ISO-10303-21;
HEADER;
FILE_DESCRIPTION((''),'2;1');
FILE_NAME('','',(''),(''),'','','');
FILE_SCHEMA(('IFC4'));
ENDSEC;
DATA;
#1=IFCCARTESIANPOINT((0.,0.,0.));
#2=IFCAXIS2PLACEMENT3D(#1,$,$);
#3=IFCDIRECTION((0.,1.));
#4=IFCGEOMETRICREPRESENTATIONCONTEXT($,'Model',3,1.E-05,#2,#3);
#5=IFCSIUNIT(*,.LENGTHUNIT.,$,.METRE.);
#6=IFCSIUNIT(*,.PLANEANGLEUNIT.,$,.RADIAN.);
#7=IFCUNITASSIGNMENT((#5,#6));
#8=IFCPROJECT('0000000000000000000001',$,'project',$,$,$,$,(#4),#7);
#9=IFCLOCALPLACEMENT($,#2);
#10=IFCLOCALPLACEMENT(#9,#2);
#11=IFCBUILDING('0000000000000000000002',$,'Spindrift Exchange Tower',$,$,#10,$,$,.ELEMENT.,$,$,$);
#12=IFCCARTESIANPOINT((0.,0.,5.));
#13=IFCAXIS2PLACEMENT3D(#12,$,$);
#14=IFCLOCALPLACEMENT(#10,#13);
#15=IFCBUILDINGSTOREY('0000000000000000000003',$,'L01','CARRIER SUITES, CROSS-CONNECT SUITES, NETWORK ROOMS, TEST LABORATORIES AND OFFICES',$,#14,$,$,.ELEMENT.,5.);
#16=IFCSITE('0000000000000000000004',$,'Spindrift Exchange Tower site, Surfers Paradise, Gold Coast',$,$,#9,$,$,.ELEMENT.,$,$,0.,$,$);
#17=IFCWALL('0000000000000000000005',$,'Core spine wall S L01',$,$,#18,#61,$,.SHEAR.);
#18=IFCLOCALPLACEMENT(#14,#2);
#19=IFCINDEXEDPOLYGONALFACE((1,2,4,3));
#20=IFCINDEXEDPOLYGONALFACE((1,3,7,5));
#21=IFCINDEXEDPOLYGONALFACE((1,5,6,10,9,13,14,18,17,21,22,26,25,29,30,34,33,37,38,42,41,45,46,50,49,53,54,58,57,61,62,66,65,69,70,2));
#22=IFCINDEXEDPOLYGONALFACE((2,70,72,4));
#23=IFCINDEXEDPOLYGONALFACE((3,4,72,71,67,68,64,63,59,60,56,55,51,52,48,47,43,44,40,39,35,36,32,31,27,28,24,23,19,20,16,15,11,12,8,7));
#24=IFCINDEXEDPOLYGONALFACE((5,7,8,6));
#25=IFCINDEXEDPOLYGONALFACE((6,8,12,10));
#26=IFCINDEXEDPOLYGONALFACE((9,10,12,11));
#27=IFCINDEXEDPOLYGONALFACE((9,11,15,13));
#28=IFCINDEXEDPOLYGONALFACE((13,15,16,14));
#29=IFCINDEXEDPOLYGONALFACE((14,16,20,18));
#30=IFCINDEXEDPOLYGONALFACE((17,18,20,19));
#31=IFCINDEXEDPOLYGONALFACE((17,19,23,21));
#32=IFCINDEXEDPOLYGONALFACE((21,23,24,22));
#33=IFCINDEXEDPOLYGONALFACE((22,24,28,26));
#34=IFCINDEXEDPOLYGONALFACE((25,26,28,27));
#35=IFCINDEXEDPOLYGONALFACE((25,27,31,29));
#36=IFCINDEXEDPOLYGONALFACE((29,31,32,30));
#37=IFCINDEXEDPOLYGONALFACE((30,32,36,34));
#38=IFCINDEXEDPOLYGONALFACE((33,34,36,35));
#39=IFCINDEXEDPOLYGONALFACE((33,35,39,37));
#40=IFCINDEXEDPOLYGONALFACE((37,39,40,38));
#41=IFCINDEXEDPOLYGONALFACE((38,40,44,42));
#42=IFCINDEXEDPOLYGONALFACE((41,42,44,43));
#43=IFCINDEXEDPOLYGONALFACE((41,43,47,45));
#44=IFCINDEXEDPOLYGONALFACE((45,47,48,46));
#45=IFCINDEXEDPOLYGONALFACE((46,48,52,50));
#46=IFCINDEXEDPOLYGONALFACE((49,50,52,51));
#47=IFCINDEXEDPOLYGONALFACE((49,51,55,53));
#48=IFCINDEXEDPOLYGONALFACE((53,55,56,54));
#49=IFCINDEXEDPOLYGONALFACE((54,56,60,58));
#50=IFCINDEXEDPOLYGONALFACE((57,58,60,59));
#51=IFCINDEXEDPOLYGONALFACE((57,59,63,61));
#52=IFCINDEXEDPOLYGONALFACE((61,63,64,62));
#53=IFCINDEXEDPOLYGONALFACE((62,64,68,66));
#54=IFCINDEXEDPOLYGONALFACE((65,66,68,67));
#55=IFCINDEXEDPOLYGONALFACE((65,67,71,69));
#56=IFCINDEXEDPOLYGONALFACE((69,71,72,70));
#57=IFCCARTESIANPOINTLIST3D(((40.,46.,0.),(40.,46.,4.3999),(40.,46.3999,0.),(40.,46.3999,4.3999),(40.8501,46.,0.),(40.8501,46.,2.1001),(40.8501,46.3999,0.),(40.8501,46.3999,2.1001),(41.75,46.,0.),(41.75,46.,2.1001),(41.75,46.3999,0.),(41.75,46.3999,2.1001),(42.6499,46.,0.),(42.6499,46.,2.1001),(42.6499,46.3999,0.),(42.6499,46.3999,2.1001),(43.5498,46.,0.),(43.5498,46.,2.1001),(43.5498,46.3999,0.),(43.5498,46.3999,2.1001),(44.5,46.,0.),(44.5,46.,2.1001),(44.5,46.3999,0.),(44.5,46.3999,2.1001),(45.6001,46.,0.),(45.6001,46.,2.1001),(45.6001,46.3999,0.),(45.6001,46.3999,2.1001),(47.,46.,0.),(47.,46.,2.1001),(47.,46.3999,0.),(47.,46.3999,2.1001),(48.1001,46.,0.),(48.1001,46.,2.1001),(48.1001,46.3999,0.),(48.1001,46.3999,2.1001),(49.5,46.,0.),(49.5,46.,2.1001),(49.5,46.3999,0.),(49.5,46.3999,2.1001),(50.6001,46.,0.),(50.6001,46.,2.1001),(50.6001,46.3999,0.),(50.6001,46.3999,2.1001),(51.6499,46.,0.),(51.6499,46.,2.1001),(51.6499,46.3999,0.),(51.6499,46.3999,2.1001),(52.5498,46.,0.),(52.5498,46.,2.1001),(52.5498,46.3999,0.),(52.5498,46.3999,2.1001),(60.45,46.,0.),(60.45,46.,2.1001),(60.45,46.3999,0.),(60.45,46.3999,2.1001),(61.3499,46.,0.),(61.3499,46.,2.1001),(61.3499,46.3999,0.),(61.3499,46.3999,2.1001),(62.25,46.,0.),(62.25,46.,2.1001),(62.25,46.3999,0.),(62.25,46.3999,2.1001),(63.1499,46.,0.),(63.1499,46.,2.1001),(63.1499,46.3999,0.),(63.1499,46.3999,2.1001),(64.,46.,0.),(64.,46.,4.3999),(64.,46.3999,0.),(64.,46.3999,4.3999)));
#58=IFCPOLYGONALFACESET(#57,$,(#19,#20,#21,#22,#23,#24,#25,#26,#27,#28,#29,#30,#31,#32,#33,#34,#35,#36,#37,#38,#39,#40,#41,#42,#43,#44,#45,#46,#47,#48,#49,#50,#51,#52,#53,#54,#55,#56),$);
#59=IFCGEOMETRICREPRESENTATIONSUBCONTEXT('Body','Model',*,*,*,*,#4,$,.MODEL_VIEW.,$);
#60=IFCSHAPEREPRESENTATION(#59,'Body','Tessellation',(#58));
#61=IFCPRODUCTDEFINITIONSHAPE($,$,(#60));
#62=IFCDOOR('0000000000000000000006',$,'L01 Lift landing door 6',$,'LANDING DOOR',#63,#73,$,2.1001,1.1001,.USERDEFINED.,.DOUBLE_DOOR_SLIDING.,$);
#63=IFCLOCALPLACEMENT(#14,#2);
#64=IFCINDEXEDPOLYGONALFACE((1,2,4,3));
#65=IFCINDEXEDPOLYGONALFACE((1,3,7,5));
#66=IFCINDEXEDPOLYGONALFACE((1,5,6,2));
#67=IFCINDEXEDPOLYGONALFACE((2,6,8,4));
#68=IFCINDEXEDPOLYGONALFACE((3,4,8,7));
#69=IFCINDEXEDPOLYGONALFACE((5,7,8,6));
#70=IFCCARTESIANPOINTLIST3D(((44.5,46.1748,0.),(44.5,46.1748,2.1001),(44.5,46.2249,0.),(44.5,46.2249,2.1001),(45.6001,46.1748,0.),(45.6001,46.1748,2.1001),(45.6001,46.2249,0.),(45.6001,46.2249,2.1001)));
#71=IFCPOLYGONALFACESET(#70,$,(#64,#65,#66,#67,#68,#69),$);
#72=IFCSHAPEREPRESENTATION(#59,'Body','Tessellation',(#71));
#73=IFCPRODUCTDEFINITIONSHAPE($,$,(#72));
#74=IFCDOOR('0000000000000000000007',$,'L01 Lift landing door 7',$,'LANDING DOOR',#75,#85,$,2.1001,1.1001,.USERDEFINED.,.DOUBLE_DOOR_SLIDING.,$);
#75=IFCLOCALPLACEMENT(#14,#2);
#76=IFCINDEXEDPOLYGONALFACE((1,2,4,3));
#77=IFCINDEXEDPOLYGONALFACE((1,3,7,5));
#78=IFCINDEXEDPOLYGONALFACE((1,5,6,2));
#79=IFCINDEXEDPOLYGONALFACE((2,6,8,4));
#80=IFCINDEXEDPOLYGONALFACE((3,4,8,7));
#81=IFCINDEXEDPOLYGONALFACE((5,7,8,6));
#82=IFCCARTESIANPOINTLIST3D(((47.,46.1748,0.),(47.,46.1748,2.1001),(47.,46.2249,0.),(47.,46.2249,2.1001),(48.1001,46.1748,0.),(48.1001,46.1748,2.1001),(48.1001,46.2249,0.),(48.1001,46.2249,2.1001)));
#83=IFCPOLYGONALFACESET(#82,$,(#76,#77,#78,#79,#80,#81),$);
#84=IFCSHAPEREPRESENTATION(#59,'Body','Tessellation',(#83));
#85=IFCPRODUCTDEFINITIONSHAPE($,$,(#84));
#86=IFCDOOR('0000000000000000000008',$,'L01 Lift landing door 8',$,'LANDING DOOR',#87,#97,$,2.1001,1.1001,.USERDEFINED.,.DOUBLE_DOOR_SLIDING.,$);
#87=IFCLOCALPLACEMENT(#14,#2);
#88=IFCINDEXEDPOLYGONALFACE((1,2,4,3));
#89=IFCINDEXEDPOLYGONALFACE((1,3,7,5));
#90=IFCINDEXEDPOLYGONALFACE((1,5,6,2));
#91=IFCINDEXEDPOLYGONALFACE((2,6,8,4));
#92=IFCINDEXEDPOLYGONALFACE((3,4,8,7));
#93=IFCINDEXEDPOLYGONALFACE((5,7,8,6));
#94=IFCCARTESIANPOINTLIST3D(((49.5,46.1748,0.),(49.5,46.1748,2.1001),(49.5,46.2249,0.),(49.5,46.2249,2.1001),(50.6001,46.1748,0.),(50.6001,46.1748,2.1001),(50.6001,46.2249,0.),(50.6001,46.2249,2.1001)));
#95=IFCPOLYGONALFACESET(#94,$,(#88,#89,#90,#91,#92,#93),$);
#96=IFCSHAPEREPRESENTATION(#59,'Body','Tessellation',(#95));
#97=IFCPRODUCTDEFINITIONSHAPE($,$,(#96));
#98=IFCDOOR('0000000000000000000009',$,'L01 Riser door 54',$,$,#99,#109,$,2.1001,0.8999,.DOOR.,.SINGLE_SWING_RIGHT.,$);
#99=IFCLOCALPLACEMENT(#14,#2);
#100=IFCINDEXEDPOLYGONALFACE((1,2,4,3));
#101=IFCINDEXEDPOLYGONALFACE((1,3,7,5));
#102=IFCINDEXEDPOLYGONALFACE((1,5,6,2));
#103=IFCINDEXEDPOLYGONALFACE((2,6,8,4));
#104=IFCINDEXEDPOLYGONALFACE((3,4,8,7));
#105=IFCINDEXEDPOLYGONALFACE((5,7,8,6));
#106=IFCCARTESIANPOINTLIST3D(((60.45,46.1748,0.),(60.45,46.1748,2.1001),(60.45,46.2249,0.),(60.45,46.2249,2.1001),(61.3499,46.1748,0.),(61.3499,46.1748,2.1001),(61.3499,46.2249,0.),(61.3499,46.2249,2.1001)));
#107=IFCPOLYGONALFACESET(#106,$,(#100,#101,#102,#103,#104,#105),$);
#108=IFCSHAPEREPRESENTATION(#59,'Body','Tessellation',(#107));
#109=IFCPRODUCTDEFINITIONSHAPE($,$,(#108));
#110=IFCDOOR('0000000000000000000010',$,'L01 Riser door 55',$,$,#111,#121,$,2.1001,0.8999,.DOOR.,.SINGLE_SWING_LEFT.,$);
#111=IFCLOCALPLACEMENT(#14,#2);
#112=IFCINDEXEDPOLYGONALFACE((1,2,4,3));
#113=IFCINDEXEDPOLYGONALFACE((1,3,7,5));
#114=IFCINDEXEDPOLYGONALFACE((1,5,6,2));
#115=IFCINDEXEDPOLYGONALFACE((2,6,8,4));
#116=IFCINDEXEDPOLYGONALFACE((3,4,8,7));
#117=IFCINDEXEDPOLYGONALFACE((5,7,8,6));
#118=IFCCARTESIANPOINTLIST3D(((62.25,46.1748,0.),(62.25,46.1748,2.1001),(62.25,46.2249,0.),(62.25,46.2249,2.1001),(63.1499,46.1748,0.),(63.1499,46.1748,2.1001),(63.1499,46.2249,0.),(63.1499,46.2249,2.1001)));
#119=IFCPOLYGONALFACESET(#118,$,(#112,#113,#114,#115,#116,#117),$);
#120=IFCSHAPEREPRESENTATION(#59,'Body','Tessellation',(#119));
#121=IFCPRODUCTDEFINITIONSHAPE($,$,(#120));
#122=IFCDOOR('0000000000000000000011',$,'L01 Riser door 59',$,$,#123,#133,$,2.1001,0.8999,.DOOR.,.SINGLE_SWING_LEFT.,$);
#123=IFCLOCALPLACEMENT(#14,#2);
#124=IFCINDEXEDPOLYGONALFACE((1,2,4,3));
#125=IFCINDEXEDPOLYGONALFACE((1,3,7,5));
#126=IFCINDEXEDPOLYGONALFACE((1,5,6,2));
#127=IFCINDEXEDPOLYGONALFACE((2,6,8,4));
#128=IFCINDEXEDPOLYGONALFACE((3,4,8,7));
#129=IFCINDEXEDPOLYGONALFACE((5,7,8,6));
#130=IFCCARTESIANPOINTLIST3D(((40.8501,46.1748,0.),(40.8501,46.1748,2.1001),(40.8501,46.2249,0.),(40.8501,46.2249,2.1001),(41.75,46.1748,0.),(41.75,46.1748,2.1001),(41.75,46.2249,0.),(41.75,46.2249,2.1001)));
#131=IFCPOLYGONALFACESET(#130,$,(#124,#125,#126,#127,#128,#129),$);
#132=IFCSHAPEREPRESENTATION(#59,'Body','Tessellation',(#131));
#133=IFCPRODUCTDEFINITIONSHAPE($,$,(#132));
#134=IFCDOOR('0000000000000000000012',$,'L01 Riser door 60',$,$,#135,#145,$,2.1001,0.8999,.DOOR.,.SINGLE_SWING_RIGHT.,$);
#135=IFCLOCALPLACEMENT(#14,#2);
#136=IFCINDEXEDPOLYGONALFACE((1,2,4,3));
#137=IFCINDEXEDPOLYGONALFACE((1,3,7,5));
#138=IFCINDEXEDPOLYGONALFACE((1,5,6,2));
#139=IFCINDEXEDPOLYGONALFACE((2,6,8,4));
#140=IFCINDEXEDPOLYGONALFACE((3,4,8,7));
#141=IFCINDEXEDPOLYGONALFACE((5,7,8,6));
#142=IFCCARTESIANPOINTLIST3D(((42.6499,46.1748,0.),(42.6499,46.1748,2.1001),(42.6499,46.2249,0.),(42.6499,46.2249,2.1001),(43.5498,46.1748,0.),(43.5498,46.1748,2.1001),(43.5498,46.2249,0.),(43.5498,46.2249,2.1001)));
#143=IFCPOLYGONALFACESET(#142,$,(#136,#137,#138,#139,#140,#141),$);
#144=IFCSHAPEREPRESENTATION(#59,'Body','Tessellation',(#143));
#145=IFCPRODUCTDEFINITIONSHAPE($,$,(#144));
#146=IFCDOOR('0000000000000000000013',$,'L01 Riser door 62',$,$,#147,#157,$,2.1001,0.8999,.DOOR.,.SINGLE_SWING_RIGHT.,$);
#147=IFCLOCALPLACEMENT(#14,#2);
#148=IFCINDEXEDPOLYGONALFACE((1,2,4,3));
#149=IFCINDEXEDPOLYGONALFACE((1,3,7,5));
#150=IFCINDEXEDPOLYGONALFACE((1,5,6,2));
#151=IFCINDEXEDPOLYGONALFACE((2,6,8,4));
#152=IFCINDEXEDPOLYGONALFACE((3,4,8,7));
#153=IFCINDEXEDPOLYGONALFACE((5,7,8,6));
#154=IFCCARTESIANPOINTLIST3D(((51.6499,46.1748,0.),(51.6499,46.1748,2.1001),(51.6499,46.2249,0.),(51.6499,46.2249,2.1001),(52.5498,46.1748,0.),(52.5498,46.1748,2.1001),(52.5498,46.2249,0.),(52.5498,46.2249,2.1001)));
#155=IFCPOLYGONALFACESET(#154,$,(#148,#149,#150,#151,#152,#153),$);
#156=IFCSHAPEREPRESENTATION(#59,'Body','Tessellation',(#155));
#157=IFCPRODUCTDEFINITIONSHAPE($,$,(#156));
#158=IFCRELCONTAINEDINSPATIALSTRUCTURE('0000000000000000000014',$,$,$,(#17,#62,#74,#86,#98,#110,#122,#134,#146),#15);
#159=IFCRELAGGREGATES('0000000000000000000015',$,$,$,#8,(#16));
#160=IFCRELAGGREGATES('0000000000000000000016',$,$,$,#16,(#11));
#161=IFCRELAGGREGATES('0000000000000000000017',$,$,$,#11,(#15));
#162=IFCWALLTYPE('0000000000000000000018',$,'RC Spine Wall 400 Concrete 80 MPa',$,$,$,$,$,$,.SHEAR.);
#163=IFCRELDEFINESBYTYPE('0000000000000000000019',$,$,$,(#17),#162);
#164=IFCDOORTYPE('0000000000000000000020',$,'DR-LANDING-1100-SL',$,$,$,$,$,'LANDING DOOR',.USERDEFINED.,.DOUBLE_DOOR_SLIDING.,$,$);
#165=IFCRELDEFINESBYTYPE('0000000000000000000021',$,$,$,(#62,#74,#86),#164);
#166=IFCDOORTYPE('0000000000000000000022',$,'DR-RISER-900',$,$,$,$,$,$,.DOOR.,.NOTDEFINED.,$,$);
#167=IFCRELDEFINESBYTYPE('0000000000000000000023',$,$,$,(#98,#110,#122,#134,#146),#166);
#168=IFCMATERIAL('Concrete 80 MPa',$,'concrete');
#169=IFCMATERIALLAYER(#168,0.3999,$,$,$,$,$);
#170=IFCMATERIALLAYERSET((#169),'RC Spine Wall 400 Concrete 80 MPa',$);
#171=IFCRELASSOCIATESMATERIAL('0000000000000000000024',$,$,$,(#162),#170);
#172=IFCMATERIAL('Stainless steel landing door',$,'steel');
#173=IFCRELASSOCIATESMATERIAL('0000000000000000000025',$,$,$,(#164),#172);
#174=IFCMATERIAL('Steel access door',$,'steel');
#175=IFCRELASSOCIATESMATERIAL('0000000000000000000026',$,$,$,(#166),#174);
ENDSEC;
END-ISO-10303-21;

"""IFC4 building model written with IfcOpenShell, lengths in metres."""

from ifc_helpers import new_model, si_unit, direction, frame, frame_2d, origin, place, context, subcontext, project, spatial, rectangle, extrude, source, transform, mapped, material, layer, layer_set, type_object, element, fill, save


model = new_model("IFC4")

# Units and contexts
model_context = context("Model", 3, precision=1e-05, world=origin(), true_north=direction((0.0, 1.0)))
body_context = subcontext(model_context, "Body", "Model", "MODEL_VIEW")
ifc_project = project(units=[si_unit("LENGTHUNIT", "METRE"), si_unit("PLANEANGLEUNIT", "RADIAN")], contexts=[model_context])

# Site, building, storey
site_placement = place(None, origin())
site = spatial("IfcSite", under=ifc_project, at=site_placement, Name="Spindrift Exchange Tower site, Surfers Paradise, Gold Coast", CompositionType="ELEMENT", RefElevation=0.0)
building_placement = place(site_placement, origin())
building = spatial("IfcBuilding", under=site, at=building_placement, Name="Spindrift Exchange Tower", CompositionType="ELEMENT")
storey_placement = place(building_placement, frame((0.0, 0.0, 5.0)))
storey = spatial("IfcBuildingStorey", under=building, at=storey_placement, Name="L01", Description="CARRIER SUITES, CROSS-CONNECT SUITES, NETWORK ROOMS, TEST LABORATORIES AND OFFICES", CompositionType="ELEMENT", Elevation=5.0)

# Wall, openings, doors
ifc_material_1 = material(Name="Concrete 80 MPa", Category="concrete")
ifc_layer_1 = layer(ifc_material_1, 0.3999)
ifc_layer_set_1 = layer_set([ifc_layer_1], Name="RC Spine Wall 400 Concrete 80 MPa")
wall_type_1 = type_object("IfcWallType", Name="RC Spine Wall 400 Concrete 80 MPa", PredefinedType="SHEAR", material=ifc_layer_set_1)
wall_1_placement = place(storey_placement, frame((40.0, 46.2, 0.0), z_axis=(0.0, 0.0, 1.0), x_axis=(1.0, 0.0, 0.0)))
wall_1 = element("IfcWall", 1, at=wall_1_placement, inside=storey, type_object=wall_type_1, Name="Core spine wall S L01", PredefinedType="SHEAR", context=body_context, shape_type="SweptSolid", body=[
    extrude(rectangle(XDim=24.0, YDim=0.3999, at=frame_2d((12.0, 0.0))), origin(), (0.0, 0.0, 1.0), 4.3999),
])
opening_1_placement = place(wall_1_placement, frame((4.5, 0.0, 0.0)))
opening_1 = element("IfcOpeningElement", 2, at=opening_1_placement, cuts=wall_1, PredefinedType="OPENING", context=body_context, shape_type="SweptSolid", body=[
    extrude(rectangle(XDim=1.1001, YDim=2.1001, at=frame_2d((0.55, 1.05))), frame((0.0, 0.21, 0.0), z_axis=(0.0, -1.0, 0.0), x_axis=(1.0, 0.0, 0.0)), (0.0, 0.0, 1.0), 0.4199),
])
opening_2_placement = place(wall_1_placement, frame((7.0, 0.0, 0.0)))
opening_2 = element("IfcOpeningElement", 3, at=opening_2_placement, cuts=wall_1, PredefinedType="OPENING", context=body_context, shape_type="SweptSolid", body=[
    extrude(rectangle(XDim=1.1001, YDim=2.1001, at=frame_2d((0.55, 1.05))), frame((0.0, 0.21, 0.0), z_axis=(0.0, -1.0, 0.0), x_axis=(1.0, 0.0, 0.0)), (0.0, 0.0, 1.0), 0.4199),
])
opening_3_placement = place(wall_1_placement, frame((9.5, 0.0, 0.0)))
opening_3 = element("IfcOpeningElement", 4, at=opening_3_placement, cuts=wall_1, PredefinedType="OPENING", context=body_context, shape_type="SweptSolid", body=[
    extrude(rectangle(XDim=1.1001, YDim=2.1001, at=frame_2d((0.55, 1.05))), frame((0.0, 0.21, 0.0), z_axis=(0.0, -1.0, 0.0), x_axis=(1.0, 0.0, 0.0)), (0.0, 0.0, 1.0), 0.4199),
])
opening_4_placement = place(wall_1_placement, frame((20.45, 0.0, 0.0)))
opening_4 = element("IfcOpeningElement", 5, at=opening_4_placement, cuts=wall_1, PredefinedType="OPENING", context=body_context, shape_type="SweptSolid", body=[
    extrude(rectangle(XDim=0.8999, YDim=2.1001, at=frame_2d((0.45, 1.05))), frame((0.0, 0.21, 0.0), z_axis=(0.0, -1.0, 0.0), x_axis=(1.0, 0.0, 0.0)), (0.0, 0.0, 1.0), 0.4199),
])
opening_5_placement = place(wall_1_placement, frame((22.25, 0.0, 0.0)))
opening_5 = element("IfcOpeningElement", 6, at=opening_5_placement, cuts=wall_1, PredefinedType="OPENING", context=body_context, shape_type="SweptSolid", body=[
    extrude(rectangle(XDim=0.8999, YDim=2.1001, at=frame_2d((0.45, 1.05))), frame((0.0, 0.21, 0.0), z_axis=(0.0, -1.0, 0.0), x_axis=(1.0, 0.0, 0.0)), (0.0, 0.0, 1.0), 0.4199),
])
opening_6_placement = place(wall_1_placement, frame((0.8501, 0.0, 0.0)))
opening_6 = element("IfcOpeningElement", 7, at=opening_6_placement, cuts=wall_1, PredefinedType="OPENING", context=body_context, shape_type="SweptSolid", body=[
    extrude(rectangle(XDim=0.8999, YDim=2.1001, at=frame_2d((0.45, 1.05))), frame((0.0, 0.21, 0.0), z_axis=(0.0, -1.0, 0.0), x_axis=(1.0, 0.0, 0.0)), (0.0, 0.0, 1.0), 0.4199),
])
opening_7_placement = place(wall_1_placement, frame((2.6499, 0.0, 0.0)))
opening_7 = element("IfcOpeningElement", 8, at=opening_7_placement, cuts=wall_1, PredefinedType="OPENING", context=body_context, shape_type="SweptSolid", body=[
    extrude(rectangle(XDim=0.8999, YDim=2.1001, at=frame_2d((0.45, 1.05))), frame((0.0, 0.21, 0.0), z_axis=(0.0, -1.0, 0.0), x_axis=(1.0, 0.0, 0.0)), (0.0, 0.0, 1.0), 0.4199),
])
opening_8_placement = place(wall_1_placement, frame((11.6499, 0.0, 0.0)))
opening_8 = element("IfcOpeningElement", 9, at=opening_8_placement, cuts=wall_1, PredefinedType="OPENING", context=body_context, shape_type="SweptSolid", body=[
    extrude(rectangle(XDim=0.8999, YDim=2.1001, at=frame_2d((0.45, 1.05))), frame((0.0, 0.21, 0.0), z_axis=(0.0, -1.0, 0.0), x_axis=(1.0, 0.0, 0.0)), (0.0, 0.0, 1.0), 0.4199),
])
ifc_material_2 = material(Name="Stainless steel landing door", Category="steel")
door_type_1 = type_object("IfcDoorType", Name="DR-LANDING-1100-SL", ElementType="LANDING DOOR", OperationType="DOUBLE_DOOR_SLIDING", PredefinedType="USERDEFINED", material=ifc_material_2)
shared_shape_1 = source(origin(), body_context, "Body", "SweptSolid", [
    extrude(rectangle(XDim=1.1001, YDim=2.1001, at=frame_2d((0.55, 1.05))), frame((0.0, 0.0249, 0.0), z_axis=(0.0, -1.0, 0.0), x_axis=(1.0, 0.0, 0.0)), (0.0, 0.0, 1.0), 0.05),
])
door_1_placement = place(opening_1_placement, origin())
door_1 = element("IfcDoor", 10, at=door_1_placement, inside=storey, type_object=door_type_1, Name="L01 Lift landing door 6", ObjectType="LANDING DOOR", OperationType="DOUBLE_DOOR_SLIDING", OverallHeight=2.1001, OverallWidth=1.1001, PredefinedType="USERDEFINED", context=body_context, shape_type="MappedRepresentation", body=[
    mapped(shared_shape_1, transform((0.0, 0.0, 0.0), scale=1.0)),
])
fill(opening_1, door_1)
door_2_placement = place(opening_2_placement, origin())
door_2 = element("IfcDoor", 11, at=door_2_placement, inside=storey, type_object=door_type_1, Name="L01 Lift landing door 7", ObjectType="LANDING DOOR", OperationType="DOUBLE_DOOR_SLIDING", OverallHeight=2.1001, OverallWidth=1.1001, PredefinedType="USERDEFINED", context=body_context, shape_type="MappedRepresentation", body=[
    mapped(shared_shape_1, transform((0.0, 0.0, 0.0), scale=1.0)),
])
fill(opening_2, door_2)
door_3_placement = place(opening_3_placement, origin())
door_3 = element("IfcDoor", 12, at=door_3_placement, inside=storey, type_object=door_type_1, Name="L01 Lift landing door 8", ObjectType="LANDING DOOR", OperationType="DOUBLE_DOOR_SLIDING", OverallHeight=2.1001, OverallWidth=1.1001, PredefinedType="USERDEFINED", context=body_context, shape_type="MappedRepresentation", body=[
    mapped(shared_shape_1, transform((0.0, 0.0, 0.0), scale=1.0)),
])
fill(opening_3, door_3)
ifc_material_3 = material(Name="Steel access door", Category="steel")
door_type_2 = type_object("IfcDoorType", Name="DR-RISER-900", OperationType="NOTDEFINED", PredefinedType="DOOR", material=ifc_material_3)
shared_shape_2 = source(origin(), body_context, "Body", "SweptSolid", [
    extrude(rectangle(XDim=0.8999, YDim=2.1001, at=frame_2d((0.45, 1.05))), frame((0.0, 0.0249, 0.0), z_axis=(0.0, -1.0, 0.0), x_axis=(1.0, 0.0, 0.0)), (0.0, 0.0, 1.0), 0.05),
])
door_4_placement = place(opening_4_placement, origin())
door_4 = element("IfcDoor", 13, at=door_4_placement, inside=storey, type_object=door_type_2, Name="L01 Riser door 54", OperationType="SINGLE_SWING_RIGHT", OverallHeight=2.1001, OverallWidth=0.8999, PredefinedType="DOOR", context=body_context, shape_type="MappedRepresentation", body=[
    mapped(shared_shape_2, transform((0.0, 0.0, 0.0), scale=1.0)),
])
fill(opening_4, door_4)
door_5_placement = place(opening_5_placement, origin())
door_5 = element("IfcDoor", 14, at=door_5_placement, inside=storey, type_object=door_type_2, Name="L01 Riser door 55", OperationType="SINGLE_SWING_LEFT", OverallHeight=2.1001, OverallWidth=0.8999, PredefinedType="DOOR", context=body_context, shape_type="MappedRepresentation", body=[
    mapped(shared_shape_2, transform((0.0, 0.0, 0.0), scale=1.0)),
])
fill(opening_5, door_5)
door_6_placement = place(opening_6_placement, origin())
door_6 = element("IfcDoor", 15, at=door_6_placement, inside=storey, type_object=door_type_2, Name="L01 Riser door 59", OperationType="SINGLE_SWING_LEFT", OverallHeight=2.1001, OverallWidth=0.8999, PredefinedType="DOOR", context=body_context, shape_type="MappedRepresentation", body=[
    mapped(shared_shape_2, transform((0.0, 0.0, 0.0), scale=1.0)),
])
fill(opening_6, door_6)
door_7_placement = place(opening_7_placement, origin())
door_7 = element("IfcDoor", 16, at=door_7_placement, inside=storey, type_object=door_type_2, Name="L01 Riser door 60", OperationType="SINGLE_SWING_RIGHT", OverallHeight=2.1001, OverallWidth=0.8999, PredefinedType="DOOR", context=body_context, shape_type="MappedRepresentation", body=[
    mapped(shared_shape_2, transform((0.0, 0.0, 0.0), scale=1.0)),
])
fill(opening_7, door_7)
door_8_placement = place(opening_8_placement, origin())
door_8 = element("IfcDoor", 17, at=door_8_placement, inside=storey, type_object=door_type_2, Name="L01 Riser door 62", OperationType="SINGLE_SWING_RIGHT", OverallHeight=2.1001, OverallWidth=0.8999, PredefinedType="DOOR", context=body_context, shape_type="MappedRepresentation", body=[
    mapped(shared_shape_2, transform((0.0, 0.0, 0.0), scale=1.0)),
])
fill(opening_8, door_8)

save(model, "model.ifc")
